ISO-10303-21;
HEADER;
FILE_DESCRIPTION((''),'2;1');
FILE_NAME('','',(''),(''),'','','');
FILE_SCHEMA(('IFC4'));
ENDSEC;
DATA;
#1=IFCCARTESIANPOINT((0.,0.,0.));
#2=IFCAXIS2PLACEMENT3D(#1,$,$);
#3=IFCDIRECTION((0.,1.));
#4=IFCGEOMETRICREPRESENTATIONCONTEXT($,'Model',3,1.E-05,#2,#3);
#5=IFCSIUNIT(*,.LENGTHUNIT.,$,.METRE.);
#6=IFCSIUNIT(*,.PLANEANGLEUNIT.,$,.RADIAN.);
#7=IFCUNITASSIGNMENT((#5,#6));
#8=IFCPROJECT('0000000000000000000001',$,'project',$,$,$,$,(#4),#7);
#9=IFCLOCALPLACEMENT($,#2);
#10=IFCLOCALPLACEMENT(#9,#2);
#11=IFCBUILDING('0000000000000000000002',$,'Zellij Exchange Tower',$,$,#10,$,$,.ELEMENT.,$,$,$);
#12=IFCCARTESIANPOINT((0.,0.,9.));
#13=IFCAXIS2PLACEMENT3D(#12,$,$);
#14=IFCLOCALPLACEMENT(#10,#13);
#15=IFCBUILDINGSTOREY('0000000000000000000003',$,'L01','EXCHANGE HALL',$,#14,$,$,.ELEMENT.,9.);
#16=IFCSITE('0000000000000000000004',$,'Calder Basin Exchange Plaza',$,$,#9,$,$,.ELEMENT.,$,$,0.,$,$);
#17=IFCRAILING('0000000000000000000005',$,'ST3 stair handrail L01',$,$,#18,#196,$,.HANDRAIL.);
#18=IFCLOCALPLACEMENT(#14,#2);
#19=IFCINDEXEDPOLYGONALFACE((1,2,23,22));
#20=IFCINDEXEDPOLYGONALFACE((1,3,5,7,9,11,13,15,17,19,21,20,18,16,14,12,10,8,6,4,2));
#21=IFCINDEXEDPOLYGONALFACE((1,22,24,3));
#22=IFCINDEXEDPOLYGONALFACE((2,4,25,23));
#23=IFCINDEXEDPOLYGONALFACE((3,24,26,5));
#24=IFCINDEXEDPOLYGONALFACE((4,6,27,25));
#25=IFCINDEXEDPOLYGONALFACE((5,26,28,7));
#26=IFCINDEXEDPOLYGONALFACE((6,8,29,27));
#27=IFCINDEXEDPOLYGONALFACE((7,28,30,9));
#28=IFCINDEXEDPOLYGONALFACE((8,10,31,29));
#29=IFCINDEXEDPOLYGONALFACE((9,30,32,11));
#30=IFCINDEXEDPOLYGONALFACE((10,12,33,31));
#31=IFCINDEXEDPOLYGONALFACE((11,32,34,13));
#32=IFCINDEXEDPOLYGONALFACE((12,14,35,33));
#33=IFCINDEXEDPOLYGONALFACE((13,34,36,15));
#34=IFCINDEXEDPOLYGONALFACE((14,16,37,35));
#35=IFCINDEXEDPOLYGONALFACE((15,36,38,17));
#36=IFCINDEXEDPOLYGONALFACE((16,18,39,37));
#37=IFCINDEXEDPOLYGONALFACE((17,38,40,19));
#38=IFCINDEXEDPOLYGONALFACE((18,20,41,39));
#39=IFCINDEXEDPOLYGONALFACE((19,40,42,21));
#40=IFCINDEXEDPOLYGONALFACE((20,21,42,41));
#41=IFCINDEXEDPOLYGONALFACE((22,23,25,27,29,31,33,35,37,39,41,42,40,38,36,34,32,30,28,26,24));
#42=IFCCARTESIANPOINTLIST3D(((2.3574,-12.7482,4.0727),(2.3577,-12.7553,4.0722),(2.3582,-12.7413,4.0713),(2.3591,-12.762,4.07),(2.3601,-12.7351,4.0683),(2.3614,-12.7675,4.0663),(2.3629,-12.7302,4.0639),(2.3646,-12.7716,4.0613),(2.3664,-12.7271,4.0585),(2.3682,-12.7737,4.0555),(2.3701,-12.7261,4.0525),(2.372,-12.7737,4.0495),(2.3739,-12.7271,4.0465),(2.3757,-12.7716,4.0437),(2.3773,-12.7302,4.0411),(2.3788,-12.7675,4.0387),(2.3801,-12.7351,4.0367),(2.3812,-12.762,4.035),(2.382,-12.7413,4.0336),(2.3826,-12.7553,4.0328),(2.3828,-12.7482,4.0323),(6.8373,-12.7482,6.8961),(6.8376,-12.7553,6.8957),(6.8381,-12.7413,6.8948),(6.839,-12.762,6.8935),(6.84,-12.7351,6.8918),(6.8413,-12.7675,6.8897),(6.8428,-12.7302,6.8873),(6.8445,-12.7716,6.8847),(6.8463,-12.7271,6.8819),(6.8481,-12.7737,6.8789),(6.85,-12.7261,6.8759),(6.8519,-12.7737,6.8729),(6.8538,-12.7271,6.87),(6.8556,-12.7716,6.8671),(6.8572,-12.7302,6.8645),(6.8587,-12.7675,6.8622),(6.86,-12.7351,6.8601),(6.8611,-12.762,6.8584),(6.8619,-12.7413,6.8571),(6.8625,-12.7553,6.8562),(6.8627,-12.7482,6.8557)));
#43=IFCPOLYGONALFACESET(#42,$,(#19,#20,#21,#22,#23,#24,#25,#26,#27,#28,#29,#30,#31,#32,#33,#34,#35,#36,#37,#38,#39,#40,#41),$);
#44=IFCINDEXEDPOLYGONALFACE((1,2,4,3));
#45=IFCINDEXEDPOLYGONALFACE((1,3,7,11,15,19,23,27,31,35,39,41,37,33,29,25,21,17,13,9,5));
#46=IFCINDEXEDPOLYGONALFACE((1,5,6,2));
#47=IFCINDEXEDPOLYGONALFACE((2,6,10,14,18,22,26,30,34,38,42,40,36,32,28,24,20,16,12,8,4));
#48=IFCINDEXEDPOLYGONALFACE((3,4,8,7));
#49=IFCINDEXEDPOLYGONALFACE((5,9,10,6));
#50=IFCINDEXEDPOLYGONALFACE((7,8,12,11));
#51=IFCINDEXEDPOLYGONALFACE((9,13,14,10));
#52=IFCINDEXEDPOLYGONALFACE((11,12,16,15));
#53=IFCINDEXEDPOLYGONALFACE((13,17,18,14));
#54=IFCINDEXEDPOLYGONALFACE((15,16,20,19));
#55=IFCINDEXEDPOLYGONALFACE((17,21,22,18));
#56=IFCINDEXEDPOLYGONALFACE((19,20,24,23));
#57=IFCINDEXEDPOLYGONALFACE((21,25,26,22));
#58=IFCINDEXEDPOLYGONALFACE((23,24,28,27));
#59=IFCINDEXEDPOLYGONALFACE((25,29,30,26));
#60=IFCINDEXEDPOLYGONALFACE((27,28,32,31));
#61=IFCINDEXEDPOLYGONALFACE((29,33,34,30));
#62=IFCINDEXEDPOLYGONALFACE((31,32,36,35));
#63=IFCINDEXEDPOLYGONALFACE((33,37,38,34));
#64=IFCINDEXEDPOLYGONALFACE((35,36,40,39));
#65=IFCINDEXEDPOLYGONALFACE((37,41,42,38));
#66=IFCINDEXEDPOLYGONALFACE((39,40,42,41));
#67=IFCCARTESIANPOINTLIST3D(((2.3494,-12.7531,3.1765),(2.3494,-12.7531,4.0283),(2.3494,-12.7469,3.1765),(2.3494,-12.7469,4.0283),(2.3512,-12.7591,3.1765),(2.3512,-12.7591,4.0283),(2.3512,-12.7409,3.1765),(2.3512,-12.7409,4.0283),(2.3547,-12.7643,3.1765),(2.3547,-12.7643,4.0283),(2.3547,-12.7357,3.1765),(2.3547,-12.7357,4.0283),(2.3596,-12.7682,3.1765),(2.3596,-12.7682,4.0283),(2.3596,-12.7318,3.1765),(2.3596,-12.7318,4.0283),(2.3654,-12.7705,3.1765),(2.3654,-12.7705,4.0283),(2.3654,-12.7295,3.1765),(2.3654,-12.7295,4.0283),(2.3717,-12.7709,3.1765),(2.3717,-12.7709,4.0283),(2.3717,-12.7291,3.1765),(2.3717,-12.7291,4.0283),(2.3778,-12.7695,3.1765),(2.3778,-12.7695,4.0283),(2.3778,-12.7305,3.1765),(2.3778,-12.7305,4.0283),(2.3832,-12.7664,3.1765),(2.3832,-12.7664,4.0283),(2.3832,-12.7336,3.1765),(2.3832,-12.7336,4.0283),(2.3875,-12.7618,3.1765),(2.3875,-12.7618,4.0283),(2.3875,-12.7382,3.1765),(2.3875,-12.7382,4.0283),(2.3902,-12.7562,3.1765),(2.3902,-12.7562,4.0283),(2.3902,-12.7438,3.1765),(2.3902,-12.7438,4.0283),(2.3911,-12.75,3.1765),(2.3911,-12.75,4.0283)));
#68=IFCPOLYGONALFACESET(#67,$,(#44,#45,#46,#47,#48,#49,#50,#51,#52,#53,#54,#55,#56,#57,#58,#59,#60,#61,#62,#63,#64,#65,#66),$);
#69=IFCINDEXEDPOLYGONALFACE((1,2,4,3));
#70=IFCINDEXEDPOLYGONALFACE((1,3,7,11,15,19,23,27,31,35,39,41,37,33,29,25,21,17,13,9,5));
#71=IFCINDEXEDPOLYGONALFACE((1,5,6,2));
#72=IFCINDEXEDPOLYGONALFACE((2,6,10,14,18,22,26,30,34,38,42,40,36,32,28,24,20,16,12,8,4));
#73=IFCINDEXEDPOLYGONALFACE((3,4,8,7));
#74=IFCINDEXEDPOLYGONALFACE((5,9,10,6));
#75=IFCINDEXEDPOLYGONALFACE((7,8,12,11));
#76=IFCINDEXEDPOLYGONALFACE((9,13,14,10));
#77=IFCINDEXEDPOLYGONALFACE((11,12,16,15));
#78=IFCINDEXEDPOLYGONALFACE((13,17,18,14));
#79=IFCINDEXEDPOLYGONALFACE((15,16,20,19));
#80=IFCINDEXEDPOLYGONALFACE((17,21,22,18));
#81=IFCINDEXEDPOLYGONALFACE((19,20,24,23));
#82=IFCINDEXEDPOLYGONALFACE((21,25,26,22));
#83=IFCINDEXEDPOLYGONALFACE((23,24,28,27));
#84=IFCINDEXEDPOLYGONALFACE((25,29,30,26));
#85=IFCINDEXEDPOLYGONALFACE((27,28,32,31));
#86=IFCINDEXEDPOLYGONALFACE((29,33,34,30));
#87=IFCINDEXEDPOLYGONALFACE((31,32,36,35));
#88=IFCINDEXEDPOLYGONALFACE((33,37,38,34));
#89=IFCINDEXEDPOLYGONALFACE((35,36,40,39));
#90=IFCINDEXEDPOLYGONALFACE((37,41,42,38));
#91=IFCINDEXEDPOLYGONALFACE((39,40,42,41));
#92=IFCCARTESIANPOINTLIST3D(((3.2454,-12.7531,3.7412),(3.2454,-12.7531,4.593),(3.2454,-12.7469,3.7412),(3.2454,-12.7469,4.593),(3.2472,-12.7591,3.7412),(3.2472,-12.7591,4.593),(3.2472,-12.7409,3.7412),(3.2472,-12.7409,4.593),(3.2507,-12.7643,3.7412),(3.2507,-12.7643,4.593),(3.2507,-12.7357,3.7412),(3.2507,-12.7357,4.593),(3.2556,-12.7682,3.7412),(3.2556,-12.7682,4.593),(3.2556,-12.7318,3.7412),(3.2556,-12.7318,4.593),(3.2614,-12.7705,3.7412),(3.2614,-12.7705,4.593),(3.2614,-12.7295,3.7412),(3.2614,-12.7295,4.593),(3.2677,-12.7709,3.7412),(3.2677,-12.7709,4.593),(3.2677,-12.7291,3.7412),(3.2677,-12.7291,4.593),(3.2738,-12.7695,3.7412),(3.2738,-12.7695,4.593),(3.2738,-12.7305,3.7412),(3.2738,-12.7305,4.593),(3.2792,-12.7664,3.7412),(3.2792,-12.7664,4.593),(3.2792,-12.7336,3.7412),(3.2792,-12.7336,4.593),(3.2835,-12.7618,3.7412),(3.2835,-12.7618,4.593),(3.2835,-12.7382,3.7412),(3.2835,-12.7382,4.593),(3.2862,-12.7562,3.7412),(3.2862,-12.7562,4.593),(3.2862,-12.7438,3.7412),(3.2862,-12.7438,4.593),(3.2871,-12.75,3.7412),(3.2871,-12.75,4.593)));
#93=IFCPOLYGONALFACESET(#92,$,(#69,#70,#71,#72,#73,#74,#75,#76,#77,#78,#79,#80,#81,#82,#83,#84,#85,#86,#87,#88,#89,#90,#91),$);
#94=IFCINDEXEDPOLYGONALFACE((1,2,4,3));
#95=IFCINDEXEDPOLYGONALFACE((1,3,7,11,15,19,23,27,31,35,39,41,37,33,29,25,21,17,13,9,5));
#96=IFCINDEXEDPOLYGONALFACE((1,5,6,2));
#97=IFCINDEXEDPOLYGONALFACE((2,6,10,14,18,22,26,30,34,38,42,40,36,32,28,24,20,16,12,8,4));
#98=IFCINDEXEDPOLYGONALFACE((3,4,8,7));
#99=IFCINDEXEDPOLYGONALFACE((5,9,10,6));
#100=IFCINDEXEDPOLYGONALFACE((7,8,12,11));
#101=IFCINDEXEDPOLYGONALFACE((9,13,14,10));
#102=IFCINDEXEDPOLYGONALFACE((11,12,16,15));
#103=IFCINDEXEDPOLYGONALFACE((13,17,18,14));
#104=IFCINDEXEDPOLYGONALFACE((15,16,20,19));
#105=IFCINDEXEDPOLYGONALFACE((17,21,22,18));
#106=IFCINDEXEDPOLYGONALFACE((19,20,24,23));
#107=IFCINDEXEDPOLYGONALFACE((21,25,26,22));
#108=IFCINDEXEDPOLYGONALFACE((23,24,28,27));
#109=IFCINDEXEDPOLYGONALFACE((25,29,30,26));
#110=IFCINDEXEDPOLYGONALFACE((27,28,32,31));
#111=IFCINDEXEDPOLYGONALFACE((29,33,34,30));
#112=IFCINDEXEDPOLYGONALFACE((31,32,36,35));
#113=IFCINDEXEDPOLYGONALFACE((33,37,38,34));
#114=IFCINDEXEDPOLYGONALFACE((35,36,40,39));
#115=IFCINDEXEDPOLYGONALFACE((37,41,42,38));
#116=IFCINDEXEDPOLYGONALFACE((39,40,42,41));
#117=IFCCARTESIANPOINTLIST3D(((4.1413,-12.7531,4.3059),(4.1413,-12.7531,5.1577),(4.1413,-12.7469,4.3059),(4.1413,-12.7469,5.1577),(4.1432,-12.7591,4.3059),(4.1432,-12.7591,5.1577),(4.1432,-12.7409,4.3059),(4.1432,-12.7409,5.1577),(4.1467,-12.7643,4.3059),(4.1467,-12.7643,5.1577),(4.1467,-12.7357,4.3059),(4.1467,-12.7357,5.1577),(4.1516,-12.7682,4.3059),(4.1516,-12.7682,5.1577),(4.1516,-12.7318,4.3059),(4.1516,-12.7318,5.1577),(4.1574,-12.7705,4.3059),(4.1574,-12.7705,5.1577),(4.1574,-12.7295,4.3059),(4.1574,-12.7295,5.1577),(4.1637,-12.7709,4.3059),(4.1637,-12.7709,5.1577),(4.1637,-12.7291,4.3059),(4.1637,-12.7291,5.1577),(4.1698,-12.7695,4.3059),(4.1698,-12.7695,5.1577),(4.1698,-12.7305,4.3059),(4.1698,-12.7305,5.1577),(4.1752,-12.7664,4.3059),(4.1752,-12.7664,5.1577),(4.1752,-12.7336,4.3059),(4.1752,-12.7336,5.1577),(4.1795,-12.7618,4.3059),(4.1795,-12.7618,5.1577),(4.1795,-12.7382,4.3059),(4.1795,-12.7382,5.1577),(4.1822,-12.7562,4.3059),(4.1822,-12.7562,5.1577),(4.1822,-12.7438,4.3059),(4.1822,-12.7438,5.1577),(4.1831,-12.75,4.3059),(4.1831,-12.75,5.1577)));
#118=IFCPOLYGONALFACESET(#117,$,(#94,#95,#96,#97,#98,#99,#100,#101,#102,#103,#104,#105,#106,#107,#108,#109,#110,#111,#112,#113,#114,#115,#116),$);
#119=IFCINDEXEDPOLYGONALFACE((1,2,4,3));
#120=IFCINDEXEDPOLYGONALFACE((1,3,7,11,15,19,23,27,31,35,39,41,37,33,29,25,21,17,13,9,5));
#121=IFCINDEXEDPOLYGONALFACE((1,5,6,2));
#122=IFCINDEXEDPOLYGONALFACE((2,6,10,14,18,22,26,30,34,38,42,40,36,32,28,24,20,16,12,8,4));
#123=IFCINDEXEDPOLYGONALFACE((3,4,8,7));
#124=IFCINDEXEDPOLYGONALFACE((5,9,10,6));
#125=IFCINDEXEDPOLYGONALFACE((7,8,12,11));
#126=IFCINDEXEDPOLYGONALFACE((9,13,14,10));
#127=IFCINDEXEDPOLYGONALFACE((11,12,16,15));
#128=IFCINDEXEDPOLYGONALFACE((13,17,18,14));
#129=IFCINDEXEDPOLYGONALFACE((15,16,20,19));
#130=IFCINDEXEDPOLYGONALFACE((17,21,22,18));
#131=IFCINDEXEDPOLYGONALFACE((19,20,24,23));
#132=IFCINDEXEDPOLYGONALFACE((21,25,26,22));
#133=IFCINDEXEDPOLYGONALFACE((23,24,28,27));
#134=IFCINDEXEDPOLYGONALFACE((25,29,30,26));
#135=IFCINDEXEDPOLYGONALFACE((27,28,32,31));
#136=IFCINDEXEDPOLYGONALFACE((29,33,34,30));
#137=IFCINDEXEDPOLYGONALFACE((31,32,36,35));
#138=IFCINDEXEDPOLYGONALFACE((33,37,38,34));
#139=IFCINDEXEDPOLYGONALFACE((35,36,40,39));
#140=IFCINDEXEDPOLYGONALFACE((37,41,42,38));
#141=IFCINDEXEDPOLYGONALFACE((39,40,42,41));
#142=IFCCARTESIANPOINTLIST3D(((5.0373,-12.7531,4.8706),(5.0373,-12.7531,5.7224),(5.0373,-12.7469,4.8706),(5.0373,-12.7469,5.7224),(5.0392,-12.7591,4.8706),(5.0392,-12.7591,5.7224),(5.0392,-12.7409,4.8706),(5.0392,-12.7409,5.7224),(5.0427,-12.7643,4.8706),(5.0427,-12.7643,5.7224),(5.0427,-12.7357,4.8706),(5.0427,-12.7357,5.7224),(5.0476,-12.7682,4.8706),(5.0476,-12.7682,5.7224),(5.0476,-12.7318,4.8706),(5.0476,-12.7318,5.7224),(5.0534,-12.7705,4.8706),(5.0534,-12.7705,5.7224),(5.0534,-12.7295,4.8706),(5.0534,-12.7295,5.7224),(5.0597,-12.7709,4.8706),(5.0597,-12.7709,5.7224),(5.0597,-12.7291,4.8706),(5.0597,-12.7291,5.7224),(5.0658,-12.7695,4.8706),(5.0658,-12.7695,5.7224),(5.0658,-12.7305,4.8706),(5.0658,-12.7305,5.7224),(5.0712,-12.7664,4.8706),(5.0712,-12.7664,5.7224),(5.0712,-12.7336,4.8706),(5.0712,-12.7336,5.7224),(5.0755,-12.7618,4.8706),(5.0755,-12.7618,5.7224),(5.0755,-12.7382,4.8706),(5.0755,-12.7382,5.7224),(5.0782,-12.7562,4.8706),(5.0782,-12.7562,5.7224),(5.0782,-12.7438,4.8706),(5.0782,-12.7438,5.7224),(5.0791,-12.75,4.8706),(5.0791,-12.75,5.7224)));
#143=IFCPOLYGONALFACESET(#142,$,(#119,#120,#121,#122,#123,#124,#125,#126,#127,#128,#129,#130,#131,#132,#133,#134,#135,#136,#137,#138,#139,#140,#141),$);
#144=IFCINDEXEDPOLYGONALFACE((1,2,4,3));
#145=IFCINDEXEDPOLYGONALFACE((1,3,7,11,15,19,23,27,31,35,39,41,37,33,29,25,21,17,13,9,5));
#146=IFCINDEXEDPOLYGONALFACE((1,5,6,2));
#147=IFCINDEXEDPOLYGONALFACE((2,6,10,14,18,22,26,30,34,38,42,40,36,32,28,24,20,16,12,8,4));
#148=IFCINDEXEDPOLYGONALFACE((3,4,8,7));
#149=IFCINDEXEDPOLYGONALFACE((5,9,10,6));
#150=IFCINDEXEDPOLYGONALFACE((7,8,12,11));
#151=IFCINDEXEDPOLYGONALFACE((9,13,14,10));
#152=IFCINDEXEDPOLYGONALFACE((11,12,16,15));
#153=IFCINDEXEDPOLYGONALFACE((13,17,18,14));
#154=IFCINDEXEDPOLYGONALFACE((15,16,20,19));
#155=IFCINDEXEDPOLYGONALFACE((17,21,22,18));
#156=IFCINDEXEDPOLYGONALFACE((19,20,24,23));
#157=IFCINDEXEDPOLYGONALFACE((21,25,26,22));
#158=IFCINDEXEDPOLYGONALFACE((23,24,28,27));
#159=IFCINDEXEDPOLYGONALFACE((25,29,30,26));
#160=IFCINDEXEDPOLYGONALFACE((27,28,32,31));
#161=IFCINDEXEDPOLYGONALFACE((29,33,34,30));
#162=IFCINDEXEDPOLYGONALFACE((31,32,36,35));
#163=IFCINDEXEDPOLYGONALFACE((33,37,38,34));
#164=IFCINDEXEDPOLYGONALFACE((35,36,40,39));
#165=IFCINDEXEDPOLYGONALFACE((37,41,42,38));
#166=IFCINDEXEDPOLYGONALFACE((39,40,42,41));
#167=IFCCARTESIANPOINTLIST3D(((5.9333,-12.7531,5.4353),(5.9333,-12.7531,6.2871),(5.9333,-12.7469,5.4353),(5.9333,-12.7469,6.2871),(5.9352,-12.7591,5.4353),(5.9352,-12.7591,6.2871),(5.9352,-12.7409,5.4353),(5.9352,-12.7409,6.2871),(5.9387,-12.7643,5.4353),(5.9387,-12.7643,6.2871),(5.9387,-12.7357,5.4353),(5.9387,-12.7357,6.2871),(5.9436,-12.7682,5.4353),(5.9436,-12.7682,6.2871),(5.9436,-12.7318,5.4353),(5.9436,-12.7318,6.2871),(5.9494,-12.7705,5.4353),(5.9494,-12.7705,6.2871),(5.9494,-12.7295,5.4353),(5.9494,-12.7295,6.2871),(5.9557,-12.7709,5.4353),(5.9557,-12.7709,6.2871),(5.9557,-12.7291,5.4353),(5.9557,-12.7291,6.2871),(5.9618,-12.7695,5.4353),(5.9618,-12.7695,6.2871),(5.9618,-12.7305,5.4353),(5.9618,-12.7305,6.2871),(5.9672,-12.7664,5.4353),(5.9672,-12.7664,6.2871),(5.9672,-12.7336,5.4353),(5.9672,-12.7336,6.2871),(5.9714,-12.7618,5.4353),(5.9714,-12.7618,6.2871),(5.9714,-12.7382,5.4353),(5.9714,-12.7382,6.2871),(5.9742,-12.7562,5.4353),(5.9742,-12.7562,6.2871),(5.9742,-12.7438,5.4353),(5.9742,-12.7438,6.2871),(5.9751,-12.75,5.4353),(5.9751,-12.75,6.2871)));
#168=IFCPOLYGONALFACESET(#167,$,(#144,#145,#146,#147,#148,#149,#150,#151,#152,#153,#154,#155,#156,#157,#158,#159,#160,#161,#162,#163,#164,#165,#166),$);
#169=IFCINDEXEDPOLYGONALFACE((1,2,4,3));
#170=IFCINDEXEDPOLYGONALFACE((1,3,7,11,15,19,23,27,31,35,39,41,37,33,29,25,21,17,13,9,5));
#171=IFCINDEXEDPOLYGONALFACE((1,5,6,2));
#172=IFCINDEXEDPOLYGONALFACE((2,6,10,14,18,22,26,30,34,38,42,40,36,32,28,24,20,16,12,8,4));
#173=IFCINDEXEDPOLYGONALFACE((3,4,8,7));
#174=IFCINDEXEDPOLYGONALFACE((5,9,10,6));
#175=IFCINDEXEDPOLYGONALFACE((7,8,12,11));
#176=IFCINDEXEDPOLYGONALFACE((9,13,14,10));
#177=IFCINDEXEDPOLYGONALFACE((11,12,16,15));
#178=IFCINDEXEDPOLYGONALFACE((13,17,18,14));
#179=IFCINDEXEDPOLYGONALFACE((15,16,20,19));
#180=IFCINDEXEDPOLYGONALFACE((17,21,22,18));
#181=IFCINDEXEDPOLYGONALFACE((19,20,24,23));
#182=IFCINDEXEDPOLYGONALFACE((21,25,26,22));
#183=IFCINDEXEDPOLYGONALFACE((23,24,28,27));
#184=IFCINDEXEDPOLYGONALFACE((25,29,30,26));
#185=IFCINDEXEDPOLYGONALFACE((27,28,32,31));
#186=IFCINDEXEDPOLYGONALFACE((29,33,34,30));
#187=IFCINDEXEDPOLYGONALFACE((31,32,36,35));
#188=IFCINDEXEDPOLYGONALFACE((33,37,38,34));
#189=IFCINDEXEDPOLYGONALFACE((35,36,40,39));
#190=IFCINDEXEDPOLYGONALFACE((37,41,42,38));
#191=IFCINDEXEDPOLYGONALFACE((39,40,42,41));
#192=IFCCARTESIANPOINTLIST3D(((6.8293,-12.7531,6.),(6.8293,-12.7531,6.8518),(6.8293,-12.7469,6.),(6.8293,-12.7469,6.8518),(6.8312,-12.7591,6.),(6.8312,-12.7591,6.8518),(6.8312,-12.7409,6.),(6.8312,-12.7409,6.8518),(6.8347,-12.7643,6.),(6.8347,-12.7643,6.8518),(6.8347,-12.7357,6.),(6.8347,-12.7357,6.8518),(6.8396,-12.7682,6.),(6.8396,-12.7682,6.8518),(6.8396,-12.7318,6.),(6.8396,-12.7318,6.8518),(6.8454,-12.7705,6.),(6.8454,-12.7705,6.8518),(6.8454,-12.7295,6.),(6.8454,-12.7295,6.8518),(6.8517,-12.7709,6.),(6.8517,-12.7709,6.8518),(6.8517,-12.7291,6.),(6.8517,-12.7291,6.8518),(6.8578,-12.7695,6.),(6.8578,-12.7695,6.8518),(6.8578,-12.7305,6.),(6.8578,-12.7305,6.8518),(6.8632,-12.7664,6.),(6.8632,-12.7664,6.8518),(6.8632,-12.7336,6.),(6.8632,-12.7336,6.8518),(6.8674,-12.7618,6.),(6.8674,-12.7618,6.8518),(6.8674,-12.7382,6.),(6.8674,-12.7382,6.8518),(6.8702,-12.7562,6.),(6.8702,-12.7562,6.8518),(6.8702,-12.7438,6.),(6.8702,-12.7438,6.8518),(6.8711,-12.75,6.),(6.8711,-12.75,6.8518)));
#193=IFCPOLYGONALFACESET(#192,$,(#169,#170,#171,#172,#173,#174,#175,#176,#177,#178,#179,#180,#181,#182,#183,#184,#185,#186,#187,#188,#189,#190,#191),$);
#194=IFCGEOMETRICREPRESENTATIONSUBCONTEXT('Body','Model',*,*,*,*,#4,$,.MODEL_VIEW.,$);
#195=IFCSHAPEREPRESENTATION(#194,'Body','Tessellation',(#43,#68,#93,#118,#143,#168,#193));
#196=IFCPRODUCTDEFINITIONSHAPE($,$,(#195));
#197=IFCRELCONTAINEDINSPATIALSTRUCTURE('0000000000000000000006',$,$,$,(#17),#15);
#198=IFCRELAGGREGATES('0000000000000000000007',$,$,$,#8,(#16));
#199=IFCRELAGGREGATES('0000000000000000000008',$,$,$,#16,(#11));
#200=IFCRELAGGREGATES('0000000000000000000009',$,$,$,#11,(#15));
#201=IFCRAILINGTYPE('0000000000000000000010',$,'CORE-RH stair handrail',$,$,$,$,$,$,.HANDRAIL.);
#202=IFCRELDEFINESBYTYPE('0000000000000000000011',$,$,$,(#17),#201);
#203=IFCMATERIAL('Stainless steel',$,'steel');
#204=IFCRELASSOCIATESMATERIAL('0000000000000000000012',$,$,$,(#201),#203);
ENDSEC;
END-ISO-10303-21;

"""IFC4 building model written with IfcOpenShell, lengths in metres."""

from ifc_helpers import new_model, si_unit, direction, frame, origin, origin_2d, place, context, subcontext, project, spatial, circle, extrude, material, type_object, element, save


model = new_model("IFC4")

# Units and contexts
model_context = context("Model", 3, precision=1e-05, world=origin(), true_north=direction((0.0, 1.0)))
body_context = subcontext(model_context, "Body", "Model", "MODEL_VIEW")
ifc_project = project(units=[si_unit("LENGTHUNIT", "METRE"), si_unit("PLANEANGLEUNIT", "RADIAN")], contexts=[model_context])

# Site, building, storey
site_placement = place(None, origin())
site = spatial("IfcSite", under=ifc_project, at=site_placement, Name="Calder Basin Exchange Plaza", CompositionType="ELEMENT", RefElevation=0.0)
building_placement = place(site_placement, origin())
building = spatial("IfcBuilding", under=site, at=building_placement, Name="Zellij Exchange Tower", CompositionType="ELEMENT")
storey_placement = place(building_placement, frame((0.0, 0.0, 9.0)))
storey = spatial("IfcBuildingStorey", under=building, at=storey_placement, Name="L01", Description="EXCHANGE HALL", CompositionType="ELEMENT", Elevation=9.0)

# Railing
ifc_material_1 = material(Name="Stainless steel", Category="steel")
railing_type_1 = type_object("IfcRailingType", Name="CORE-RH stair handrail", PredefinedType="HANDRAIL", material=ifc_material_1)
railing_1_placement = place(storey_placement, frame((2.3701, -12.75, 3.1765)))
element("IfcRailing", 1, at=railing_1_placement, inside=storey, type_object=railing_type_1, Name="ST3 stair handrail L01", PredefinedType="HANDRAIL", context=body_context, shape_type="SweptSolid", body=[
    extrude(circle(Radius=0.0239, at=origin_2d()), frame((0.0, 0.0, 0.876), z_axis=(0.845998, 0.0, 0.533186), x_axis=(0.0, 1.0, 0.0)), (0.0, 0.0, 1.0), 5.2954),
    extrude(circle(Radius=0.021, at=origin_2d()), origin(), (0.0, 0.0, 1.0), 0.8518),
    extrude(circle(Radius=0.021, at=origin_2d()), frame((0.896, 0.0, 0.5647)), (0.0, 0.0, 1.0), 0.8518),
    extrude(circle(Radius=0.021, at=origin_2d()), frame((1.792, 0.0, 1.1294)), (0.0, 0.0, 1.0), 0.8518),
    extrude(circle(Radius=0.021, at=origin_2d()), frame((2.688, 0.0, 1.6941)), (0.0, 0.0, 1.0), 0.8518),
    extrude(circle(Radius=0.021, at=origin_2d()), frame((3.584, 0.0, 2.2588)), (0.0, 0.0, 1.0), 0.8518),
    extrude(circle(Radius=0.021, at=origin_2d()), frame((4.48, 0.0, 2.8235)), (0.0, 0.0, 1.0), 0.8518),
])

save(model, "model.ifc")
